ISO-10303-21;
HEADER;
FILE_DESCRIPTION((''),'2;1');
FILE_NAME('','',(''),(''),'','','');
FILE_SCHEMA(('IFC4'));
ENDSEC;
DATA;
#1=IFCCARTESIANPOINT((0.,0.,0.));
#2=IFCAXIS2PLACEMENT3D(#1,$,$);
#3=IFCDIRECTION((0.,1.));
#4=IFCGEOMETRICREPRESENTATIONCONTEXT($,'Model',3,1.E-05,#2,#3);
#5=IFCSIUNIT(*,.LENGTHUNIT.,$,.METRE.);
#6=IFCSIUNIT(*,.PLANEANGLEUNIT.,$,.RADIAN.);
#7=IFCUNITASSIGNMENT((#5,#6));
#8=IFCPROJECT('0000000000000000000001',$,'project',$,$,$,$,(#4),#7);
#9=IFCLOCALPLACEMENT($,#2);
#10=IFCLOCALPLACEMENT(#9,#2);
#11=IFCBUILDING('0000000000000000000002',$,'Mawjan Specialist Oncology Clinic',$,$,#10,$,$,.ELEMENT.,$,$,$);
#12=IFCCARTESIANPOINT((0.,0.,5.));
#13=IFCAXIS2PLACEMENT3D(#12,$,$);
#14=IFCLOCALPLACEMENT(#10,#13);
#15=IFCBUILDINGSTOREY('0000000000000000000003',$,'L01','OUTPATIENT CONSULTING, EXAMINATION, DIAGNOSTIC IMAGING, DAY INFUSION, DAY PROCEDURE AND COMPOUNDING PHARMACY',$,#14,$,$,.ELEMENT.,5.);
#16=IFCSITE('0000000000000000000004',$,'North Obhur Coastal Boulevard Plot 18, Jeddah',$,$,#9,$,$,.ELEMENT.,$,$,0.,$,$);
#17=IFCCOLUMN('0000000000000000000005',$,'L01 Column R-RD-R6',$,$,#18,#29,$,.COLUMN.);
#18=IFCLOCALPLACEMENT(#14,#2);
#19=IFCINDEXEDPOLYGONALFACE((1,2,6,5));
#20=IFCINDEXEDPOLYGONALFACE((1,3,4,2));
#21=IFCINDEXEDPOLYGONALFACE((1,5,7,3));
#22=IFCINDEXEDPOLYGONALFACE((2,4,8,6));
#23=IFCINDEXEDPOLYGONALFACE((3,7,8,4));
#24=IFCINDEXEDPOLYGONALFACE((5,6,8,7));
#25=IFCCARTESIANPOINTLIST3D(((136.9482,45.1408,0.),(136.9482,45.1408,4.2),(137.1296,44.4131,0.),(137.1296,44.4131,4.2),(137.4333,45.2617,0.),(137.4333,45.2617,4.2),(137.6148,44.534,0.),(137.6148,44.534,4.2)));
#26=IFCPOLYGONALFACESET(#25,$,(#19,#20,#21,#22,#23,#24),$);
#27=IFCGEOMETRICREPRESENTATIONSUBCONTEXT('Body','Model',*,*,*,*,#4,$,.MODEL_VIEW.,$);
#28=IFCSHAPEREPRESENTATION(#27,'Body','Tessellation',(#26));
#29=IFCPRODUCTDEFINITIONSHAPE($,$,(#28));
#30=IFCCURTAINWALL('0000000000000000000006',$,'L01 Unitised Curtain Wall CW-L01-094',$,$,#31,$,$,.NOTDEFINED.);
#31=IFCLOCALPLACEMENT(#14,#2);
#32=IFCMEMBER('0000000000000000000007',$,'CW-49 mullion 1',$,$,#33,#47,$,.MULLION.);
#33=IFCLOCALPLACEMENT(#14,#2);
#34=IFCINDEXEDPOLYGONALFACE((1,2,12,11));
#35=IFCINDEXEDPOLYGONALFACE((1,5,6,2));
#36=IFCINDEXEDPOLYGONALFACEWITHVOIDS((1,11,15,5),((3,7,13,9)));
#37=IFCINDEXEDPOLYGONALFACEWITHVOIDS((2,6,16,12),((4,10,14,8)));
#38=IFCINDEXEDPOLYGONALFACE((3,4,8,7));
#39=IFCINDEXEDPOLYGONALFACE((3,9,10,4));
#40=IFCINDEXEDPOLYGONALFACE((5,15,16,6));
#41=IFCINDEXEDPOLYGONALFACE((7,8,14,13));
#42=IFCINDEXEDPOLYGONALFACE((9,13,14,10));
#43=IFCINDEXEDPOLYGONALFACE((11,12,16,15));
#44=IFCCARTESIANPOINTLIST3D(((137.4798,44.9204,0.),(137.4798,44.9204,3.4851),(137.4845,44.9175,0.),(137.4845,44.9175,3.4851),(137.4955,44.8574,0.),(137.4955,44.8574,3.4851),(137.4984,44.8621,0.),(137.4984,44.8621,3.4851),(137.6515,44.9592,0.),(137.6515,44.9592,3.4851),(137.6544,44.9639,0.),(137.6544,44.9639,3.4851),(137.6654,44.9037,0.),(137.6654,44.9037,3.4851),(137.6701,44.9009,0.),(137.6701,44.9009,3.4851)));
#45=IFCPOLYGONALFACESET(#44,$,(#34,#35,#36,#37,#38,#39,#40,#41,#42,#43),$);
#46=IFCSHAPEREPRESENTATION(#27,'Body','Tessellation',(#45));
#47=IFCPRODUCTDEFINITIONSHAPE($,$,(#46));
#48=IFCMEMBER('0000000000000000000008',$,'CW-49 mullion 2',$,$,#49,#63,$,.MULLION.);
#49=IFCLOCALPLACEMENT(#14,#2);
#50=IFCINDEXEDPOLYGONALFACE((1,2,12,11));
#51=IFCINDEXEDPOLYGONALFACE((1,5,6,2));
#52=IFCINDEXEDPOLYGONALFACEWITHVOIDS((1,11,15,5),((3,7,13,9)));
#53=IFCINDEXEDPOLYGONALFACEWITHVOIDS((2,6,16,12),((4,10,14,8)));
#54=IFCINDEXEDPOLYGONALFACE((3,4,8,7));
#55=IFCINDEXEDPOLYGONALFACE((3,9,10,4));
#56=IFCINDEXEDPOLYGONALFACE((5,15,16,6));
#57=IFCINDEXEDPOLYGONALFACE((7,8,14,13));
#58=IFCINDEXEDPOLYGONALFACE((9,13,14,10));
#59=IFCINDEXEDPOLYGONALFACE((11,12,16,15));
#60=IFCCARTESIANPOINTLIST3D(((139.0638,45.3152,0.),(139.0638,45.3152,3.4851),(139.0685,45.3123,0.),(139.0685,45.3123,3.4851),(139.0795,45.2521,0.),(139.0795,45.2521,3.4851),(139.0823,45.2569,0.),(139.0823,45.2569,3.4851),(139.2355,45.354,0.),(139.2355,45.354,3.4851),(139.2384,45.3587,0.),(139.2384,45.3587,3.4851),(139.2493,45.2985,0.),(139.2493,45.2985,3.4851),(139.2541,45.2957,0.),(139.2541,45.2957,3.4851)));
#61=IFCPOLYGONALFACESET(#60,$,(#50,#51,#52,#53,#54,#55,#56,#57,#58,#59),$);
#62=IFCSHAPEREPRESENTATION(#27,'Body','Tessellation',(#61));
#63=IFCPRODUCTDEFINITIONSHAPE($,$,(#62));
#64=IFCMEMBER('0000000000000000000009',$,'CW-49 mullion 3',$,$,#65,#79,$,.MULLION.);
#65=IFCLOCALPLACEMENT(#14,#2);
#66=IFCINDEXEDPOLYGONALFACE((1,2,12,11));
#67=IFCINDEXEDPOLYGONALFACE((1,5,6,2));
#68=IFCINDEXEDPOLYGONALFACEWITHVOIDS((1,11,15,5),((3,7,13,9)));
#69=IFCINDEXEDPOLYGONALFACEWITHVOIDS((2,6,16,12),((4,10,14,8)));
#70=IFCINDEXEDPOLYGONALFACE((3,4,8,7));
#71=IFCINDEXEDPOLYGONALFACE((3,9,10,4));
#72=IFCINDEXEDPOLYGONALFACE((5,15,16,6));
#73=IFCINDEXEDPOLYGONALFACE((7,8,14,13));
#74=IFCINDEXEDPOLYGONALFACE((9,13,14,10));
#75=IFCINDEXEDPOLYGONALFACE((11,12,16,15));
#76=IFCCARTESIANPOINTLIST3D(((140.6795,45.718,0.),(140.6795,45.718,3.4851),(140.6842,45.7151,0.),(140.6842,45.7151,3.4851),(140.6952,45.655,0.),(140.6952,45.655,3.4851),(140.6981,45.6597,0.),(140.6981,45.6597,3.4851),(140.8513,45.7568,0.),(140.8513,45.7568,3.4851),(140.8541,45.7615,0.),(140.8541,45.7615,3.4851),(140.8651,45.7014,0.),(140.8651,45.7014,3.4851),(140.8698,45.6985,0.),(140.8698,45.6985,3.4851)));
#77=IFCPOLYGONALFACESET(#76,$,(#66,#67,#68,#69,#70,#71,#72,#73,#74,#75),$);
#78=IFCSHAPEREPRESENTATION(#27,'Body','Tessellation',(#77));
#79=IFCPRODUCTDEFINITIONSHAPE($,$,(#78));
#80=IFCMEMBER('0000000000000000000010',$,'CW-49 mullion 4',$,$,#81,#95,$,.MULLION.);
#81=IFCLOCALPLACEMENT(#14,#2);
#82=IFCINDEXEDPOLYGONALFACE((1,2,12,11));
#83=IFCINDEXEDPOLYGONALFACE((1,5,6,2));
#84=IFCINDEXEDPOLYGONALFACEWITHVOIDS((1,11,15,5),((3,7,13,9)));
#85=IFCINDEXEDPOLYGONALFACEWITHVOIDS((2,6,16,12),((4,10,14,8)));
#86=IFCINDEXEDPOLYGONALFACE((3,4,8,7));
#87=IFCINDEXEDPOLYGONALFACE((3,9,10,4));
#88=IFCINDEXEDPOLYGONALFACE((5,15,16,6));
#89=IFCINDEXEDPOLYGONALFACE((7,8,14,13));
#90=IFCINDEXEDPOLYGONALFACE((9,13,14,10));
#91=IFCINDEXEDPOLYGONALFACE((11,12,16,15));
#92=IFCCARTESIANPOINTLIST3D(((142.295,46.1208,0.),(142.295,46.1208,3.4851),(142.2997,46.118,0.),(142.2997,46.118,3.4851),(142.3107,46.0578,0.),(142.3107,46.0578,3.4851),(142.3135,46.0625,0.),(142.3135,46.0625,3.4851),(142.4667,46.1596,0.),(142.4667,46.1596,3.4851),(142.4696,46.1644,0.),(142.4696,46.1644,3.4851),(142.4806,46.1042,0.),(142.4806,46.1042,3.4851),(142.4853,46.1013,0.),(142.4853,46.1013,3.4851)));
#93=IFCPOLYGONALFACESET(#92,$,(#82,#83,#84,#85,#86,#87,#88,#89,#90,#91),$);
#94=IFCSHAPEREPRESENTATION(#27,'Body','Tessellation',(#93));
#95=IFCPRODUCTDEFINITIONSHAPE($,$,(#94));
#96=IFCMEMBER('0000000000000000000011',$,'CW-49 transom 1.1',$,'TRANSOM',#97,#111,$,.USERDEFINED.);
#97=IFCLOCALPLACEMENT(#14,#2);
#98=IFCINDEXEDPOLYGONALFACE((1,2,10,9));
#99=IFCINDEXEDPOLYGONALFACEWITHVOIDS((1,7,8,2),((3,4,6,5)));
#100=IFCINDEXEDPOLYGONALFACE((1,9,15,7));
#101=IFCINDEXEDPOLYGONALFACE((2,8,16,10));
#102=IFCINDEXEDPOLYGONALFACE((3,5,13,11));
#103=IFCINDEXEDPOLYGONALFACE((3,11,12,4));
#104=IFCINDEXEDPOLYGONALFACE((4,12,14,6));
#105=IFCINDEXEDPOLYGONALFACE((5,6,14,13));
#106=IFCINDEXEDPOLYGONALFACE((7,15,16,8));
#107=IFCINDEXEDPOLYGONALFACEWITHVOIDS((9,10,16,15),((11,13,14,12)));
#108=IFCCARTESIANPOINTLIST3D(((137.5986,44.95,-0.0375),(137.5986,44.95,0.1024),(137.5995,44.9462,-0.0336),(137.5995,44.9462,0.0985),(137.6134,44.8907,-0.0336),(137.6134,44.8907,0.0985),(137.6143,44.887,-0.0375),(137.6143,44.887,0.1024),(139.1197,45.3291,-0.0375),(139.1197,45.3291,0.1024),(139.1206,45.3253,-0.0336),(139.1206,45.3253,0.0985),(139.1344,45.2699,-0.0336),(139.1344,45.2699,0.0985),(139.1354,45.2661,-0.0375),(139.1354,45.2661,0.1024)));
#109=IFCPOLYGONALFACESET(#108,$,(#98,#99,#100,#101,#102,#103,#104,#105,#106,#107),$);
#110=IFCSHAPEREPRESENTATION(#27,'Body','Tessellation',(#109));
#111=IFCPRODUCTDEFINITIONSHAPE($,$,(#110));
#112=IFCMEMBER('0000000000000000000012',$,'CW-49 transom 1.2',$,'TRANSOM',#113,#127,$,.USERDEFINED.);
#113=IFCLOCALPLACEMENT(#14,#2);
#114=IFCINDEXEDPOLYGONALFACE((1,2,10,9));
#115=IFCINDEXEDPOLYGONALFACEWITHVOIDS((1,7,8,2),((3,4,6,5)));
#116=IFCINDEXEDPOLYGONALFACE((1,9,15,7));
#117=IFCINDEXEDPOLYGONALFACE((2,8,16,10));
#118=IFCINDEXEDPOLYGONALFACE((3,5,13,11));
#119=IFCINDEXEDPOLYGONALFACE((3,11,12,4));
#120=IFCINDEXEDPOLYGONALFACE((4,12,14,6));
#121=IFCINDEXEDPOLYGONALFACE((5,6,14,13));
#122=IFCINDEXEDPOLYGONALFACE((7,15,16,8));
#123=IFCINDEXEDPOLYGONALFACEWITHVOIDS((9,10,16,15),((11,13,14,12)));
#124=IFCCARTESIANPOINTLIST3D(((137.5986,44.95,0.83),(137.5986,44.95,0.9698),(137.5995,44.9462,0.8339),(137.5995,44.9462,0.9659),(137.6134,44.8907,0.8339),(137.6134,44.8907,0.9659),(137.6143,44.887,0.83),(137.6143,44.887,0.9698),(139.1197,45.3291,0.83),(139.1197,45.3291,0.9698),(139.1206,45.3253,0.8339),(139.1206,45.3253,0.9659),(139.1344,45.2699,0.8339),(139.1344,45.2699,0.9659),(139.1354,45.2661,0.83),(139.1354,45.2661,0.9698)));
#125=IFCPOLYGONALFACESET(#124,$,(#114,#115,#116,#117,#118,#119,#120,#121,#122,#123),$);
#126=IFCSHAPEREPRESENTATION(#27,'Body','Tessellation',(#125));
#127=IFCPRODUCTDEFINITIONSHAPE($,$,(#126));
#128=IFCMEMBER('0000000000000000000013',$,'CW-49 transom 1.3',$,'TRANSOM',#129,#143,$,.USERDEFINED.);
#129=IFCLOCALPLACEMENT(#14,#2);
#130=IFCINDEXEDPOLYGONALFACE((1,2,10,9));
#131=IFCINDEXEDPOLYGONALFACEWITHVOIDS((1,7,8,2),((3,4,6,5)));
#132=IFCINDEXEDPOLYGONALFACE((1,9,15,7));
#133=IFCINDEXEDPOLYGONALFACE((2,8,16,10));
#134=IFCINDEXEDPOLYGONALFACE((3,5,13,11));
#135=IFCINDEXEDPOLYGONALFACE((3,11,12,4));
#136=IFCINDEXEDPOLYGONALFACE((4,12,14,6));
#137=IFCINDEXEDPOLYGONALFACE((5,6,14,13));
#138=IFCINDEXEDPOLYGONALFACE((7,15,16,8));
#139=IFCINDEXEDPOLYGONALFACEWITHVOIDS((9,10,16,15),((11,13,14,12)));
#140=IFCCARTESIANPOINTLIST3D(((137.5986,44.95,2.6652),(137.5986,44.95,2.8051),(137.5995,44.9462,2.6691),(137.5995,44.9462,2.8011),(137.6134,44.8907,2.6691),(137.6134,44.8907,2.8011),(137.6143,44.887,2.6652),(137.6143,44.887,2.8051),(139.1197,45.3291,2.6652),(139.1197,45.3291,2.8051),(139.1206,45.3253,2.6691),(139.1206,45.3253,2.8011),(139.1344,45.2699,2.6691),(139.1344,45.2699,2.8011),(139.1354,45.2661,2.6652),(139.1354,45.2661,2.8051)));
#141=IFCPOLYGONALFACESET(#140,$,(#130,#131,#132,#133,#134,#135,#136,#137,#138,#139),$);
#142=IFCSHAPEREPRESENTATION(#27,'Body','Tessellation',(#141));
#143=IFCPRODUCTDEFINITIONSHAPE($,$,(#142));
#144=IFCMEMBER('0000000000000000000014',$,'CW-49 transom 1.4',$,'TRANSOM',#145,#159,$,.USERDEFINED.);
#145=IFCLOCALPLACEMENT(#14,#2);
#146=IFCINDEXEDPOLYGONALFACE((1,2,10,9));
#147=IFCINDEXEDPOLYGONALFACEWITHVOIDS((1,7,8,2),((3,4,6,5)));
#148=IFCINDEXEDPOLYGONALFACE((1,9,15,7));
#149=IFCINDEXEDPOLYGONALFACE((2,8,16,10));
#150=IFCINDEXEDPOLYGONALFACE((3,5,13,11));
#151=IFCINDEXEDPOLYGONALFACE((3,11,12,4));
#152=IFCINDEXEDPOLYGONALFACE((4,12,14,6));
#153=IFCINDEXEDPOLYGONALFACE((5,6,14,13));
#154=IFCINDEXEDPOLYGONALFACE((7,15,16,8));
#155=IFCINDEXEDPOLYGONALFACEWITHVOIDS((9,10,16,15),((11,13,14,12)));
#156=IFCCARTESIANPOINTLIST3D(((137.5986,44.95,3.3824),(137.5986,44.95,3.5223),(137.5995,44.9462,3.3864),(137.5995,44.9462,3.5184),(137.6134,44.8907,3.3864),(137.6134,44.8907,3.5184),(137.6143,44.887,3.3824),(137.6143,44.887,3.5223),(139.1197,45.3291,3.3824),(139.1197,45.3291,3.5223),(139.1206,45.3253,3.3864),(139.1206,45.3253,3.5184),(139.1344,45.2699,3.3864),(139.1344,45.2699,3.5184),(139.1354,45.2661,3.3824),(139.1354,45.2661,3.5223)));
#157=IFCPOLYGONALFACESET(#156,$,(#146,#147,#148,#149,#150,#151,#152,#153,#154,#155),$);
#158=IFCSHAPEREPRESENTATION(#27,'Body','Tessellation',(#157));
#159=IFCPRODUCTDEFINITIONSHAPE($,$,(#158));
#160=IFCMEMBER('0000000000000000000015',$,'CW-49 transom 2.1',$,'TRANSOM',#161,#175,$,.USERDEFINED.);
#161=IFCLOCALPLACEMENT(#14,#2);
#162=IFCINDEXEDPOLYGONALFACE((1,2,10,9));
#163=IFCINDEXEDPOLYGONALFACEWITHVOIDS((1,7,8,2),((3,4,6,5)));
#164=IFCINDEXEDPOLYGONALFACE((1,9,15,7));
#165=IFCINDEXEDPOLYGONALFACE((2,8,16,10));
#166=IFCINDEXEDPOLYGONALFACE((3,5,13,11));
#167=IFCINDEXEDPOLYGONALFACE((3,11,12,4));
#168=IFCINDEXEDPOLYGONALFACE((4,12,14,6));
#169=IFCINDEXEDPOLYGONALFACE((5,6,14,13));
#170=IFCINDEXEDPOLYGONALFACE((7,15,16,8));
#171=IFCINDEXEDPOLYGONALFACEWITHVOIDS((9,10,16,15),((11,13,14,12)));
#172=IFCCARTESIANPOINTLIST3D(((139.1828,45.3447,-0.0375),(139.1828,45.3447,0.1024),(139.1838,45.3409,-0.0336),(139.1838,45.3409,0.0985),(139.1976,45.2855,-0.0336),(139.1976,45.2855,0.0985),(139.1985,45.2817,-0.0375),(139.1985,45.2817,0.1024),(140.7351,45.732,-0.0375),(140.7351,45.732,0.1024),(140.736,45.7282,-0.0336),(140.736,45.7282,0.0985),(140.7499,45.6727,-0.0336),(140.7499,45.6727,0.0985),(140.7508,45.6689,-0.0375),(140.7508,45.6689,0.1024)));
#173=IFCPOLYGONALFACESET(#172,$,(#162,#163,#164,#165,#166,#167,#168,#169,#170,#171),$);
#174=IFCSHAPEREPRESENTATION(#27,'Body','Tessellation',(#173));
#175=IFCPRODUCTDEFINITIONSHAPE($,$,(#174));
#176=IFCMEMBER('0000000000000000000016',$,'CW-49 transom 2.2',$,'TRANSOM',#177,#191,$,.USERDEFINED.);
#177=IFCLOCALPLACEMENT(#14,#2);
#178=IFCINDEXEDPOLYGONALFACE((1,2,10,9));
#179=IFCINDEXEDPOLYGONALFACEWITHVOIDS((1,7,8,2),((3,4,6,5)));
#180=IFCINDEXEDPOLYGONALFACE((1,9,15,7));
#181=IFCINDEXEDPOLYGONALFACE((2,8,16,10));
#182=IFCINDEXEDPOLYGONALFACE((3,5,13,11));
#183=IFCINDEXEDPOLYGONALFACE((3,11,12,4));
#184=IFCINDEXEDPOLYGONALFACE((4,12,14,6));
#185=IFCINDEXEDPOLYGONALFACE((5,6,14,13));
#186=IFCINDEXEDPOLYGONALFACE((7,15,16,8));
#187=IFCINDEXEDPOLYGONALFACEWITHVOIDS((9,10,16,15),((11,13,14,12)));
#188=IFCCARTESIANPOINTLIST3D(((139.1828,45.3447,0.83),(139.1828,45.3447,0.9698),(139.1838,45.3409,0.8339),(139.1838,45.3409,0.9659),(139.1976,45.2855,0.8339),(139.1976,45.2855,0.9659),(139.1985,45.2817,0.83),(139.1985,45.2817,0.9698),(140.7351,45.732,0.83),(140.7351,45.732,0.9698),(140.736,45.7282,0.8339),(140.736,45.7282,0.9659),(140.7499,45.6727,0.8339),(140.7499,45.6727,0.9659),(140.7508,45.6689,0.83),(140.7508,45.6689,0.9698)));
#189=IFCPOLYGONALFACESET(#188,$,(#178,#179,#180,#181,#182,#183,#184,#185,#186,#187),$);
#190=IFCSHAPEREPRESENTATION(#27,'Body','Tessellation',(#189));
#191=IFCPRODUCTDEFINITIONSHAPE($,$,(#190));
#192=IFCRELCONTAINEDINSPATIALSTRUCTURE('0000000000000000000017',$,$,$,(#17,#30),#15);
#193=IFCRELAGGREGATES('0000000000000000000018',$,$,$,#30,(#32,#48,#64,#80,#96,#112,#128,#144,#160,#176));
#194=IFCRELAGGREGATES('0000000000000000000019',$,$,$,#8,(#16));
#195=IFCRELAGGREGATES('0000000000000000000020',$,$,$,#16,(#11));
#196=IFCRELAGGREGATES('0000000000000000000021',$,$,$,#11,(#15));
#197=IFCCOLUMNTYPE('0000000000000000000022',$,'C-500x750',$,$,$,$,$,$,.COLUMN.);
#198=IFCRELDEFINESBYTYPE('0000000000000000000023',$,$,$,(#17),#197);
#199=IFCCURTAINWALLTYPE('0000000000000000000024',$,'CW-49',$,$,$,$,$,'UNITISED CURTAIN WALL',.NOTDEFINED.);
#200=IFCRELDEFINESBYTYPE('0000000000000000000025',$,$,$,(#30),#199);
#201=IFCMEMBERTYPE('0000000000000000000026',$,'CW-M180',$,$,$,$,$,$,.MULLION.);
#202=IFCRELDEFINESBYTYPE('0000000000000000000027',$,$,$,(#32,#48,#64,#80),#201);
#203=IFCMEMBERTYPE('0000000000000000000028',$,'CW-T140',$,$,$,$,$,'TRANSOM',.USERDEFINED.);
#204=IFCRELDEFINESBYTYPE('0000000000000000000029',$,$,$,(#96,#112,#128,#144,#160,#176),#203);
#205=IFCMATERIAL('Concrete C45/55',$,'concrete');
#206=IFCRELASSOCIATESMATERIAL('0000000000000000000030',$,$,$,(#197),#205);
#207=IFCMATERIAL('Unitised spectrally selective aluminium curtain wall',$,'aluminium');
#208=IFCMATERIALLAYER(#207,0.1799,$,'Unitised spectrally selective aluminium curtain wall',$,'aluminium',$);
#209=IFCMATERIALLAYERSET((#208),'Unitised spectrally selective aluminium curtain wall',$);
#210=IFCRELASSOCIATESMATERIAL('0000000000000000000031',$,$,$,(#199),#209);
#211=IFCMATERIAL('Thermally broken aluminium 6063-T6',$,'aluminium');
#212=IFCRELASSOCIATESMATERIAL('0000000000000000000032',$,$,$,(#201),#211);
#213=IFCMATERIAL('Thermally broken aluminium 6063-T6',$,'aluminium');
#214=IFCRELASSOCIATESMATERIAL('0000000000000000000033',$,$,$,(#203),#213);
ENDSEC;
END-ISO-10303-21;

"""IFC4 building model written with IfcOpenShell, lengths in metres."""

from ifc_helpers import new_model, si_unit, direction, frame, origin, origin_2d, place, context, subcontext, project, spatial, rectangle, hollow_rectangle, extrude, material, layer, layer_set, material_profile, profile_set, type_object, element, aggregate, save


model = new_model("IFC4")

# Units and contexts
model_context = context("Model", 3, precision=1e-05, world=origin(), true_north=direction((0.0, 1.0)))
body_context = subcontext(model_context, "Body", "Model", "MODEL_VIEW")
ifc_project = project(units=[si_unit("LENGTHUNIT", "METRE"), si_unit("PLANEANGLEUNIT", "RADIAN")], contexts=[model_context])

# Site, building, storey
site_placement = place(None, origin())
site = spatial("IfcSite", under=ifc_project, at=site_placement, Name="North Obhur Coastal Boulevard Plot 18, Jeddah", CompositionType="ELEMENT", RefElevation=0.0)
building_placement = place(site_placement, origin())
building = spatial("IfcBuilding", under=site, at=building_placement, Name="Mawjan Specialist Oncology Clinic", CompositionType="ELEMENT")
storey_placement = place(building_placement, frame((0.0, 0.0, 5.0)))
storey = spatial("IfcBuildingStorey", under=building, at=storey_placement, Name="L01", Description="OUTPATIENT CONSULTING, EXAMINATION, DIAGNOSTIC IMAGING, DAY INFUSION, DAY PROCEDURE AND COMPOUNDING PHARMACY", CompositionType="ELEMENT", Elevation=5.0)

# Column
ifc_material_1 = material(Name="Concrete C45/55", Category="concrete")
ifc_material_profile_1 = material_profile(ifc_material_1, rectangle(XDim=0.5, YDim=0.75, at=origin_2d()), Name="RC COL 500x750", Category="concrete")
ifc_profile_set_1 = profile_set([ifc_material_profile_1], Name="Concrete C45/55")
column_type = type_object("IfcColumnType", Name="C-500x750", PredefinedType="COLUMN", material=ifc_profile_set_1)
column_placement = place(storey_placement, frame((137.2815, 44.8374, 0.0), z_axis=(0.0, 0.0, 1.0), x_axis=(0.970296, 0.241922, 0.0)))
element("IfcColumn", 1, at=column_placement, inside=storey, type_object=column_type, Name="L01 Column R-RD-R6", PredefinedType="COLUMN", context=body_context, shape_type="SweptSolid", body=[
    extrude(rectangle(XDim=0.5, YDim=0.75, at=origin_2d()), origin(), (0.0, 0.0, 1.0), 4.2),
])

# Curtain wall, members
ifc_material_2 = material(Name="Unitised spectrally selective aluminium curtain wall", Category="aluminium")
ifc_layer_1 = layer(ifc_material_2, 0.1799, Name="Unitised spectrally selective aluminium curtain wall", Category="aluminium")
ifc_layer_set_1 = layer_set([ifc_layer_1], Name="Unitised spectrally selective aluminium curtain wall")
curtain_wall_type = type_object("IfcCurtainWallType", Name="CW-49", ElementType="UNITISED CURTAIN WALL", PredefinedType="NOTDEFINED", material=ifc_layer_set_1)
curtain_wall_placement = place(storey_placement, origin())
curtain_wall = element("IfcCurtainWall", 2, at=curtain_wall_placement, inside=storey, type_object=curtain_wall_type, Name="L01 Unitised Curtain Wall CW-L01-094", PredefinedType="NOTDEFINED")
ifc_material_3 = material(Name="Thermally broken aluminium 6063-T6", Category="aluminium")
ifc_material_profile_2 = material_profile(ifc_material_3, hollow_rectangle(XDim=0.0649, YDim=0.1799, WallThickness=0.0039, at=origin_2d()), Name="ALU MULLION 180x65x4", Category="aluminium")
ifc_profile_set_2 = profile_set([ifc_material_profile_2], Name="Thermally broken aluminium 6063-T6")
member_type_1 = type_object("IfcMemberType", Name="CW-M180", PredefinedType="MULLION", material=ifc_profile_set_2)
member_1_placement = place(storey_placement, frame((137.575, 44.9106, 0.0), z_axis=(0.0, 0.0, 1.0), x_axis=(-0.241922, 0.970296, 0.0)))
member_1 = element("IfcMember", 3, at=member_1_placement, type_object=member_type_1, Name="CW-49 mullion 1", PredefinedType="MULLION", context=body_context, shape_type="SweptSolid", body=[
    extrude(hollow_rectangle(XDim=0.0649, YDim=0.1799, WallThickness=0.0039, at=origin_2d()), origin(), (0.0, 0.0, 1.0), 3.4851),
])
member_2_placement = place(storey_placement, frame((139.1589, 45.3054, 0.0), z_axis=(0.0, 0.0, 1.0), x_axis=(-0.241922, 0.970296, 0.0)))
member_2 = element("IfcMember", 4, at=member_2_placement, type_object=member_type_1, Name="CW-49 mullion 2", PredefinedType="MULLION", context=body_context, shape_type="SweptSolid", body=[
    extrude(hollow_rectangle(XDim=0.0649, YDim=0.1799, WallThickness=0.0039, at=origin_2d()), origin(), (0.0, 0.0, 1.0), 3.4851),
])
member_3_placement = place(storey_placement, frame((140.7747, 45.7083, 0.0), z_axis=(0.0, 0.0, 1.0), x_axis=(-0.241922, 0.970296, 0.0)))
member_3 = element("IfcMember", 5, at=member_3_placement, type_object=member_type_1, Name="CW-49 mullion 3", PredefinedType="MULLION", context=body_context, shape_type="SweptSolid", body=[
    extrude(hollow_rectangle(XDim=0.0649, YDim=0.1799, WallThickness=0.0039, at=origin_2d()), origin(), (0.0, 0.0, 1.0), 3.4851),
])
member_4_placement = place(storey_placement, frame((142.3901, 46.1111, 0.0), z_axis=(0.0, 0.0, 1.0), x_axis=(-0.241922, 0.970296, 0.0)))
member_4 = element("IfcMember", 6, at=member_4_placement, type_object=member_type_1, Name="CW-49 mullion 4", PredefinedType="MULLION", context=body_context, shape_type="SweptSolid", body=[
    extrude(hollow_rectangle(XDim=0.0649, YDim=0.1799, WallThickness=0.0039, at=origin_2d()), origin(), (0.0, 0.0, 1.0), 3.4851),
])
ifc_material_4 = material(Name="Thermally broken aluminium 6063-T6", Category="aluminium")
ifc_material_profile_3 = material_profile(ifc_material_4, hollow_rectangle(XDim=0.0649, YDim=0.1399, WallThickness=0.0039, at=origin_2d()), Name="ALU TRANSOM 140x65x4", Category="aluminium")
ifc_profile_set_3 = profile_set([ifc_material_profile_3], Name="Thermally broken aluminium 6063-T6")
member_type_2 = type_object("IfcMemberType", Name="CW-T140", ElementType="TRANSOM", PredefinedType="USERDEFINED", material=ifc_profile_set_3)
member_5_placement = place(storey_placement, frame((137.6064, 44.9185, 0.0325), z_axis=(0.970307, 0.241876, 0.0), x_axis=(-0.241876, 0.970307, 0.0)))
member_5 = element("IfcMember", 7, at=member_5_placement, type_object=member_type_2, Name="CW-49 transom 1.1", ObjectType="TRANSOM", PredefinedType="USERDEFINED", context=body_context, shape_type="SweptSolid", body=[
    extrude(hollow_rectangle(XDim=0.0649, YDim=0.1399, WallThickness=0.0039, at=origin_2d()), origin(), (0.0, 0.0, 1.0), 1.5676),
])
member_6_placement = place(storey_placement, frame((137.6064, 44.9185, 0.8999), z_axis=(0.970307, 0.241876, 0.0), x_axis=(-0.241876, 0.970307, 0.0)))
member_6 = element("IfcMember", 8, at=member_6_placement, type_object=member_type_2, Name="CW-49 transom 1.2", ObjectType="TRANSOM", PredefinedType="USERDEFINED", context=body_context, shape_type="SweptSolid", body=[
    extrude(hollow_rectangle(XDim=0.0649, YDim=0.1399, WallThickness=0.0039, at=origin_2d()), origin(), (0.0, 0.0, 1.0), 1.5676),
])
member_7_placement = place(storey_placement, frame((137.6064, 44.9185, 2.7351), z_axis=(0.970307, 0.241876, 0.0), x_axis=(-0.241876, 0.970307, 0.0)))
member_7 = element("IfcMember", 9, at=member_7_placement, type_object=member_type_2, Name="CW-49 transom 1.3", ObjectType="TRANSOM", PredefinedType="USERDEFINED", context=body_context, shape_type="SweptSolid", body=[
    extrude(hollow_rectangle(XDim=0.0649, YDim=0.1399, WallThickness=0.0039, at=origin_2d()), origin(), (0.0, 0.0, 1.0), 1.5676),
])
member_8_placement = place(storey_placement, frame((137.6064, 44.9185, 3.4524), z_axis=(0.970307, 0.241876, 0.0), x_axis=(-0.241876, 0.970307, 0.0)))
member_8 = element("IfcMember", 10, at=member_8_placement, type_object=member_type_2, Name="CW-49 transom 1.4", ObjectType="TRANSOM", PredefinedType="USERDEFINED", context=body_context, shape_type="SweptSolid", body=[
    extrude(hollow_rectangle(XDim=0.0649, YDim=0.1399, WallThickness=0.0039, at=origin_2d()), origin(), (0.0, 0.0, 1.0), 1.5676),
])
member_9_placement = place(storey_placement, frame((139.1907, 45.3132, 0.0325), z_axis=(0.970268, 0.242033, 0.0), x_axis=(-0.242033, 0.970268, 0.0)))
member_9 = element("IfcMember", 11, at=member_9_placement, type_object=member_type_2, Name="CW-49 transom 2.1", ObjectType="TRANSOM", PredefinedType="USERDEFINED", context=body_context, shape_type="SweptSolid", body=[
    extrude(hollow_rectangle(XDim=0.0649, YDim=0.1399, WallThickness=0.0039, at=origin_2d()), origin(), (0.0, 0.0, 1.0), 1.5999),
])
member_10_placement = place(storey_placement, frame((139.1907, 45.3132, 0.8999), z_axis=(0.970268, 0.242033, 0.0), x_axis=(-0.242033, 0.970268, 0.0)))
member_10 = element("IfcMember", 12, at=member_10_placement, type_object=member_type_2, Name="CW-49 transom 2.2", ObjectType="TRANSOM", PredefinedType="USERDEFINED", context=body_context, shape_type="SweptSolid", body=[
    extrude(hollow_rectangle(XDim=0.0649, YDim=0.1399, WallThickness=0.0039, at=origin_2d()), origin(), (0.0, 0.0, 1.0), 1.5999),
])

aggregate(curtain_wall, [member_1, member_2, member_3, member_4, member_5, member_6, member_7, member_8, member_9, member_10])

save(model, "model.ifc")
